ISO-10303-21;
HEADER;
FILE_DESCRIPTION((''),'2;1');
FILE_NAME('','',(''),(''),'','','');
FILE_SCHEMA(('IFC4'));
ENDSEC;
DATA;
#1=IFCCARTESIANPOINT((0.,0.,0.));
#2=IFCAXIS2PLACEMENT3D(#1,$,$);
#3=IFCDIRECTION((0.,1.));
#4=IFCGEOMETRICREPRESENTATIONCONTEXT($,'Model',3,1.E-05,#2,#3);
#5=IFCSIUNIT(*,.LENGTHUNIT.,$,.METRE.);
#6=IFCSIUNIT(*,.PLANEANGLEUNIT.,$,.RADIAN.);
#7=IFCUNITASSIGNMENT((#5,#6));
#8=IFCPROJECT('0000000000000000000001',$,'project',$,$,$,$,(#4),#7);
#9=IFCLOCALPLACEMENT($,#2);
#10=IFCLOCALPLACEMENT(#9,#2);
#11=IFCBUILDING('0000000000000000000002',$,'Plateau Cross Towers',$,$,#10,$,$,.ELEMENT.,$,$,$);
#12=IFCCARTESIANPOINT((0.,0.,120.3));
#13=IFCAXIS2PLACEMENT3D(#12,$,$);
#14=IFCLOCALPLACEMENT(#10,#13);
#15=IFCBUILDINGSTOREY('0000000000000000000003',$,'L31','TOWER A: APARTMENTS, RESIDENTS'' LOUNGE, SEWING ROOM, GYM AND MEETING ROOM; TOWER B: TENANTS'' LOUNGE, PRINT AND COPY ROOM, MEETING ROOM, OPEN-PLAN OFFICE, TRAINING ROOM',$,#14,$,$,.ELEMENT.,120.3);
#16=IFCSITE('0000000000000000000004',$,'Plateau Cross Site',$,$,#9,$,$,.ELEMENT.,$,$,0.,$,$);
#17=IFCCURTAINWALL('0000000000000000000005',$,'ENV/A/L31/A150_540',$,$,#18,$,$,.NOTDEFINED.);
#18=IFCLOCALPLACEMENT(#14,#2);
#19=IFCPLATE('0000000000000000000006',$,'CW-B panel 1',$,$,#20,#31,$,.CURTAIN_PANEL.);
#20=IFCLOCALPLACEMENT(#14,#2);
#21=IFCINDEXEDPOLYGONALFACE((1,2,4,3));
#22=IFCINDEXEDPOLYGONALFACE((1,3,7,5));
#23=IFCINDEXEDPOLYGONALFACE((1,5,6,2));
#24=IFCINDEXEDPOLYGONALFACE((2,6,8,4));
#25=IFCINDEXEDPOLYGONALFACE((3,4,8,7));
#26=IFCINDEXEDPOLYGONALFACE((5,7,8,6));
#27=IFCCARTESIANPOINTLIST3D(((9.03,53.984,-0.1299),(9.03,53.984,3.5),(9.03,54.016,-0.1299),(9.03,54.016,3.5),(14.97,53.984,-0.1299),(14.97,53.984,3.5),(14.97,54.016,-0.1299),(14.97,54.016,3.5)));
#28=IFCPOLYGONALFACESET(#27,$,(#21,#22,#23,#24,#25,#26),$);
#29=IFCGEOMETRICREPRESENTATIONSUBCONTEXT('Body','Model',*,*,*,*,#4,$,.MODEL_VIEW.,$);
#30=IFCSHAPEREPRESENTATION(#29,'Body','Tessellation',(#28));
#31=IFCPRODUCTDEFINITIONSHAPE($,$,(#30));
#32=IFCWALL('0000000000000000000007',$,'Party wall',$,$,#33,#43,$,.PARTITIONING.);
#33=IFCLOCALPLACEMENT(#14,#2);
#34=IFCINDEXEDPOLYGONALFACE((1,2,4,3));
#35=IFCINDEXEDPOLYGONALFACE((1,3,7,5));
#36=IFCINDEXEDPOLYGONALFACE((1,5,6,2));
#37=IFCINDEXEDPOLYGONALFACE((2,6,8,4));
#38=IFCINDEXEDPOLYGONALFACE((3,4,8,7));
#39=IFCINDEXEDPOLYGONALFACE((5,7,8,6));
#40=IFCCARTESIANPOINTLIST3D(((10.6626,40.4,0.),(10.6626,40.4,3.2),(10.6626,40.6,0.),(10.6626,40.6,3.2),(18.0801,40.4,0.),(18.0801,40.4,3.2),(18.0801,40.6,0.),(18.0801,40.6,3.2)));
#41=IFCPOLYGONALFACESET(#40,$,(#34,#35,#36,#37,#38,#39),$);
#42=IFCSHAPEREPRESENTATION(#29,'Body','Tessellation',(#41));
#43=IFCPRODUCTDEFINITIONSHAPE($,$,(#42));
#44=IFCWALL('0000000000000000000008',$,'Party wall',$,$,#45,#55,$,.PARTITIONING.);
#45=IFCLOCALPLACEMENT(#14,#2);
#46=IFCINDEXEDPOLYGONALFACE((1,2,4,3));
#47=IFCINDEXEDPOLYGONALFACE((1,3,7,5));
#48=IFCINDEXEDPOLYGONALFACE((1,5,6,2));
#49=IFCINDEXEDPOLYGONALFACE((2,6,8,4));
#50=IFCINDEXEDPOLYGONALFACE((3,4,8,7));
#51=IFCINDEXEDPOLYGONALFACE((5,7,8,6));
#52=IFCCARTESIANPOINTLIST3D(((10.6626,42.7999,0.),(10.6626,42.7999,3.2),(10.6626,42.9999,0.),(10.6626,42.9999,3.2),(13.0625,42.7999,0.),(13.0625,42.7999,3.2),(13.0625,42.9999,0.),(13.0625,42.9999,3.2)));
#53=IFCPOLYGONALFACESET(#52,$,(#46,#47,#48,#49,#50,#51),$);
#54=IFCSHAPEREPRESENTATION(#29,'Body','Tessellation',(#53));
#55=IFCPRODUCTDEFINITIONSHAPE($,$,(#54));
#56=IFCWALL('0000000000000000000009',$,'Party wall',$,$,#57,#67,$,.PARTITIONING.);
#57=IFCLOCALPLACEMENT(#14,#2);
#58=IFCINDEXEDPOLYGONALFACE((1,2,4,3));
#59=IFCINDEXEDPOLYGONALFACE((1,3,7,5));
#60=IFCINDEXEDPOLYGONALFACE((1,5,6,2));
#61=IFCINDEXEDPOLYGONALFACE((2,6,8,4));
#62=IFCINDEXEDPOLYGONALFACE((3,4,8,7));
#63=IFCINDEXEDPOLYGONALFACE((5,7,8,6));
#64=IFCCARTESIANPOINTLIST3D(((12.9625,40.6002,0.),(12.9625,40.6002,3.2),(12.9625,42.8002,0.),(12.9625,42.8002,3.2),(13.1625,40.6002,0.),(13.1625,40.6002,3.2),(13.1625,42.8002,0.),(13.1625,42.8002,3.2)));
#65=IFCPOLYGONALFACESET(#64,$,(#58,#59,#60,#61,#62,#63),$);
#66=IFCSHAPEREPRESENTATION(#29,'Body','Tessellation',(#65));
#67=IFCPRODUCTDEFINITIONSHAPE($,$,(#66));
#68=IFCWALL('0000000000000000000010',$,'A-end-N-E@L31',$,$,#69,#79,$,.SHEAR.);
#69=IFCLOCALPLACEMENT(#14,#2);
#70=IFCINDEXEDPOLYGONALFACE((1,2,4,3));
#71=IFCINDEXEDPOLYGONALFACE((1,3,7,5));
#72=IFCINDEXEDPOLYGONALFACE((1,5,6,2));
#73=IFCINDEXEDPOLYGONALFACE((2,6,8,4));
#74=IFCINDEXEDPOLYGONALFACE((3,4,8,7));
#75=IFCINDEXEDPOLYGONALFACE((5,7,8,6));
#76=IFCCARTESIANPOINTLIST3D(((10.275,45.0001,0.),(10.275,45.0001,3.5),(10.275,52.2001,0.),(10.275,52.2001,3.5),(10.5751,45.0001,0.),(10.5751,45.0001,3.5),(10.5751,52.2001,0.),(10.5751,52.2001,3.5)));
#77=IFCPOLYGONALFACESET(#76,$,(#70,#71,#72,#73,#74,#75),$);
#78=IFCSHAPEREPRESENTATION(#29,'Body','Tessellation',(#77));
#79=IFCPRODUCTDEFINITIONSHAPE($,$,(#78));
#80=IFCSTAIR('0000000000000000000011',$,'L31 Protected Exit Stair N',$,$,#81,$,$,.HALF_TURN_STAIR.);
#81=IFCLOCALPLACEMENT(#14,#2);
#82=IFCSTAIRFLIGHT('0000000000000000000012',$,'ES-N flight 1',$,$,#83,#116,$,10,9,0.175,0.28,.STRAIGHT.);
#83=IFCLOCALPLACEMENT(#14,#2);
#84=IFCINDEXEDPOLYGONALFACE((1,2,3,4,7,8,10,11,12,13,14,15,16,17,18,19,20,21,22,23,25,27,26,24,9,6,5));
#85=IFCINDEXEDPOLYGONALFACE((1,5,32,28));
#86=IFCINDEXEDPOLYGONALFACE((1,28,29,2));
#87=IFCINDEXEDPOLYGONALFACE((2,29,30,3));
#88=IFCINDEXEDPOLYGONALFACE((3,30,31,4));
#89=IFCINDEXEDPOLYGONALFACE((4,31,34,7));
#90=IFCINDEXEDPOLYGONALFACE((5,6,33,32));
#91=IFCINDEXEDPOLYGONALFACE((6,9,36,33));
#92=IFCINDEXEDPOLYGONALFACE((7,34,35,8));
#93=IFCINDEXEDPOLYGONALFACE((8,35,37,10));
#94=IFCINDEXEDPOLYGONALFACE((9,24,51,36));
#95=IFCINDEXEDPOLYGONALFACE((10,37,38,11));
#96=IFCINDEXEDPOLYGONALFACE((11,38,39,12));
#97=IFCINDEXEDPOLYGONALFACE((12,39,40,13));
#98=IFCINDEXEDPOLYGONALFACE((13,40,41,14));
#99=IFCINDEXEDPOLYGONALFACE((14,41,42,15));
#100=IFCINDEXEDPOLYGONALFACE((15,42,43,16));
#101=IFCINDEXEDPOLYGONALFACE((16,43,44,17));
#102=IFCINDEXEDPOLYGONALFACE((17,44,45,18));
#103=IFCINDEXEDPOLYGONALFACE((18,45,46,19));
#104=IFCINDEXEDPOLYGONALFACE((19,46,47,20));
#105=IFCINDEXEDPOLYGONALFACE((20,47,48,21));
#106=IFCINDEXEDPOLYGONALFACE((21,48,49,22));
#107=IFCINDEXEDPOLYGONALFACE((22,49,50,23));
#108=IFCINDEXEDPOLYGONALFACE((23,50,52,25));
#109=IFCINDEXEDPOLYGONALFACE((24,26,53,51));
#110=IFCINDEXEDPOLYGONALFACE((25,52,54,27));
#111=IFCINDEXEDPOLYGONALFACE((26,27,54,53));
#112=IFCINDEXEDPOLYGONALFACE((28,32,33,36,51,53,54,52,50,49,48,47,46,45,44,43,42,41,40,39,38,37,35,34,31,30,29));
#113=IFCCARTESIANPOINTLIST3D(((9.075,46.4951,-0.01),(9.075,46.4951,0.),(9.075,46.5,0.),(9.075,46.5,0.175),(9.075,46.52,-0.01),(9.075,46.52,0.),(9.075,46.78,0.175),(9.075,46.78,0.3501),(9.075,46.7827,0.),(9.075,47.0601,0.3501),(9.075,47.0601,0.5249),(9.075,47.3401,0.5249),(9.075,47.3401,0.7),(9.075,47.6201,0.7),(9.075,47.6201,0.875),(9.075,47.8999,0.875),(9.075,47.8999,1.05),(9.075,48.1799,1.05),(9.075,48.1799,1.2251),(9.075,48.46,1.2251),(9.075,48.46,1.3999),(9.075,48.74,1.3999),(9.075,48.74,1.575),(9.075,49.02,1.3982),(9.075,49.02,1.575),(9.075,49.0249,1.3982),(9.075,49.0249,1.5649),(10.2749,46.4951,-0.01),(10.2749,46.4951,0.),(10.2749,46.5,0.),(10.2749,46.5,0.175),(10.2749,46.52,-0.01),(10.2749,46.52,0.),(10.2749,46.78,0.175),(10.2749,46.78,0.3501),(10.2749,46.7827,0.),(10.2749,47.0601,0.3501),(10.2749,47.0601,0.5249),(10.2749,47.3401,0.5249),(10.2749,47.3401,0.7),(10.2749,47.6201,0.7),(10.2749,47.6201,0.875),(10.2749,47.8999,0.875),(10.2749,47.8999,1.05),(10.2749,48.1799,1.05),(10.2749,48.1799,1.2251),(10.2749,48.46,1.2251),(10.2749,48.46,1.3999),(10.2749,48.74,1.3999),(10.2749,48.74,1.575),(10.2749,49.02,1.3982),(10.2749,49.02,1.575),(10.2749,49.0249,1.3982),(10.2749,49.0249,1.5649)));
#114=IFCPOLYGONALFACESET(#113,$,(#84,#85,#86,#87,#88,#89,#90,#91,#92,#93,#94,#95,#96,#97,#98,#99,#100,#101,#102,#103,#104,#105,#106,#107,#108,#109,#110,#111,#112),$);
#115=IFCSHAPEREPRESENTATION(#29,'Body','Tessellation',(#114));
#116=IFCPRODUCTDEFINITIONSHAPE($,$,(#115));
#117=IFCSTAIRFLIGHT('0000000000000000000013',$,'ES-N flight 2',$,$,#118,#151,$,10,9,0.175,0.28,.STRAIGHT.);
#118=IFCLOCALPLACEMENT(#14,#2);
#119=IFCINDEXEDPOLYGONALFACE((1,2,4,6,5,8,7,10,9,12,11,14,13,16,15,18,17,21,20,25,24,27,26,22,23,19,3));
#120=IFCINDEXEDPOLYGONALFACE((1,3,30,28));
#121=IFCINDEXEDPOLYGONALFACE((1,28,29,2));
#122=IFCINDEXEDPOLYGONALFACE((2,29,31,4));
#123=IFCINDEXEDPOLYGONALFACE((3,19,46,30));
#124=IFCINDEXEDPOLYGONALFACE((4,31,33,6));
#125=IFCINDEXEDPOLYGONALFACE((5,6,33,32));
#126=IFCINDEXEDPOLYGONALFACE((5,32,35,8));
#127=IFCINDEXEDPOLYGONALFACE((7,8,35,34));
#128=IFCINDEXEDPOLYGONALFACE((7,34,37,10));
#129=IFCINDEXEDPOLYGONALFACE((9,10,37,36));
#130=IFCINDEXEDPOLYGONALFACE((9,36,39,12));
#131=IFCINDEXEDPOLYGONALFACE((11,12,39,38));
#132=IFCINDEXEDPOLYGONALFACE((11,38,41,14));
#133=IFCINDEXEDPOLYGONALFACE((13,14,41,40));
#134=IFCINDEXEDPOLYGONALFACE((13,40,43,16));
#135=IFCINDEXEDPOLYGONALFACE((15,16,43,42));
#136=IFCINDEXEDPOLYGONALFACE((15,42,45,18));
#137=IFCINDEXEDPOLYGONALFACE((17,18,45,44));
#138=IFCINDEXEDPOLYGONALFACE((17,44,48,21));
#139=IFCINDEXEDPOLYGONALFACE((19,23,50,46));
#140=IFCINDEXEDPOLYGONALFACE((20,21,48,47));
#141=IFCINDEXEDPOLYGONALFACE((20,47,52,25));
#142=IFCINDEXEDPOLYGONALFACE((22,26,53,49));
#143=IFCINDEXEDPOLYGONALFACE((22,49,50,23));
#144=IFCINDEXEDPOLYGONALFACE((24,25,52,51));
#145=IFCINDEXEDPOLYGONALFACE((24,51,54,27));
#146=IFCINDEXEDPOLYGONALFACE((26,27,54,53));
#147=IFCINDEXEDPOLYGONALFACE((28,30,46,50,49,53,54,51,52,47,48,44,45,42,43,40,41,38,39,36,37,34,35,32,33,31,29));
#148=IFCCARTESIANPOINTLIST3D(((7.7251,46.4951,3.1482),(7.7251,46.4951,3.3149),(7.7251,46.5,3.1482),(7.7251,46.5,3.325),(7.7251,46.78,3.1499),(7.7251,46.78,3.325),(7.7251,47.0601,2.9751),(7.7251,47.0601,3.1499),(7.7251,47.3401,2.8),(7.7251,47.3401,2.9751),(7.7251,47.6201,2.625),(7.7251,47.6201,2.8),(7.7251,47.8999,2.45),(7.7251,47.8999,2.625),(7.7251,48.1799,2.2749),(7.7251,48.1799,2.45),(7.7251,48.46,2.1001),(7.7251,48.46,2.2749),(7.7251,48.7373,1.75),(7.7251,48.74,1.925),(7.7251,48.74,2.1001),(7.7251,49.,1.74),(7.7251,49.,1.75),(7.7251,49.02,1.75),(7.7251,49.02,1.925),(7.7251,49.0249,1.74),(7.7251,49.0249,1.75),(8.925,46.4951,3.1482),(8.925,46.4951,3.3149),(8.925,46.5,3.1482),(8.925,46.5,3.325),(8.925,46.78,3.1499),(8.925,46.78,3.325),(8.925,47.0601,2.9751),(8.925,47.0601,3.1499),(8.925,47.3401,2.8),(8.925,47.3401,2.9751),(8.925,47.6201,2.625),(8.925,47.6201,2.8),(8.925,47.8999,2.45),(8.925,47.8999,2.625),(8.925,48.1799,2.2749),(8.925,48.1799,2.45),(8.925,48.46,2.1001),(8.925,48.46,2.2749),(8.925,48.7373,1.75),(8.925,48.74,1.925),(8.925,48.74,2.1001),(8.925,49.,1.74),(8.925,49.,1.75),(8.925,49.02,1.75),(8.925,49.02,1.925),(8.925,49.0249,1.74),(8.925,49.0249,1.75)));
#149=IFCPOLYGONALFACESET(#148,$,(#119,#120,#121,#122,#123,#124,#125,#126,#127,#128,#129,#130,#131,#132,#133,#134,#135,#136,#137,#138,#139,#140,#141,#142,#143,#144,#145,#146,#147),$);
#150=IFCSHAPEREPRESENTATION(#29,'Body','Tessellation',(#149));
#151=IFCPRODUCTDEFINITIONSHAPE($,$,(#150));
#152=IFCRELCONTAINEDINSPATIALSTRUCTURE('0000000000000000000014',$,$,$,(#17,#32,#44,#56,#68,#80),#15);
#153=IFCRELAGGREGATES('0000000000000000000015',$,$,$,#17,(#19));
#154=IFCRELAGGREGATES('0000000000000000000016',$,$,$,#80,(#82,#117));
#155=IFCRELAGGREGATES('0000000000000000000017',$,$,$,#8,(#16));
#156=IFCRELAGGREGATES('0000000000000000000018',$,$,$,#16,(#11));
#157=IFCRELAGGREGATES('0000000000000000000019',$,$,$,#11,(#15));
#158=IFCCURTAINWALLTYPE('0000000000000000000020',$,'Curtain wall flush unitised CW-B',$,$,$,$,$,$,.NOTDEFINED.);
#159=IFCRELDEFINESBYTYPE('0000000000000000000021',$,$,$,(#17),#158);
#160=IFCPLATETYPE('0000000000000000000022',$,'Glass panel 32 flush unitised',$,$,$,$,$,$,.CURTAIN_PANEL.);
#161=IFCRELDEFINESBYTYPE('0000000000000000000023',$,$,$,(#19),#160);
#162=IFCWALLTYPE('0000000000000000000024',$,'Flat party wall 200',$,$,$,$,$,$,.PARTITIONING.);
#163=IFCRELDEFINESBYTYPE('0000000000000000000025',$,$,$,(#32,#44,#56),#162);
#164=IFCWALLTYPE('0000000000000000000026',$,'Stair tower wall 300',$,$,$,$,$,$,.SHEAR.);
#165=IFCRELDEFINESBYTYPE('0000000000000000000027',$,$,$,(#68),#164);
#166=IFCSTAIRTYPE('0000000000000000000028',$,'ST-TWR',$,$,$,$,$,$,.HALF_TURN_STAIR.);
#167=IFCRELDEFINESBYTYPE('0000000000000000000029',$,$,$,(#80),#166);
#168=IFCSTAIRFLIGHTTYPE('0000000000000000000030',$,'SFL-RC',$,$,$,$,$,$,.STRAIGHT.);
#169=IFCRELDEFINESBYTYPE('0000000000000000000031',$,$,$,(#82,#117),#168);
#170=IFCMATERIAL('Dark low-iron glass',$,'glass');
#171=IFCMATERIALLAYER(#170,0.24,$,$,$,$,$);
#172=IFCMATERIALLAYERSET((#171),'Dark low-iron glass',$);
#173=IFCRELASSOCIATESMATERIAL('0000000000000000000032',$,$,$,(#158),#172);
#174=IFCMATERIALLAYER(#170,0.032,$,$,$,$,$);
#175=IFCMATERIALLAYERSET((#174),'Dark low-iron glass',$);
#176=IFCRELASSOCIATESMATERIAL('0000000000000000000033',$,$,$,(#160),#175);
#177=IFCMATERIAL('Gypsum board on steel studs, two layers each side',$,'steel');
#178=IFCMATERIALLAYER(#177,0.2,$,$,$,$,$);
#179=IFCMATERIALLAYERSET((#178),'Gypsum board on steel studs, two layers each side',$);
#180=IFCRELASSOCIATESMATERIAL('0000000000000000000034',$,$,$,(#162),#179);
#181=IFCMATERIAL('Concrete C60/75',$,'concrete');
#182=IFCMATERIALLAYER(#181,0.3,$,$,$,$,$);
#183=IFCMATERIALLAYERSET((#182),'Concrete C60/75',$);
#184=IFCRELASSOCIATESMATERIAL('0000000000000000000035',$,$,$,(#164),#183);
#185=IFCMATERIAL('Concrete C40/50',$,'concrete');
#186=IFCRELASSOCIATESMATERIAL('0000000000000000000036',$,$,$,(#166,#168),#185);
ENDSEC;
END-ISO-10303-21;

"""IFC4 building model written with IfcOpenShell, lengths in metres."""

from ifc_helpers import new_model, si_unit, direction, frame, frame_2d, origin, origin_2d, place, context, subcontext, project, spatial, polyline, rectangle, outline, extrude, material, layer, layer_set, type_object, element, aggregate, save


model = new_model("IFC4")

# Units and contexts
model_context = context("Model", 3, precision=1e-05, world=origin(), true_north=direction((0.0, 1.0)))
body_context = subcontext(model_context, "Body", "Model", "MODEL_VIEW")
ifc_project = project(units=[si_unit("LENGTHUNIT", "METRE"), si_unit("PLANEANGLEUNIT", "RADIAN")], contexts=[model_context])

# Site, building, storey
site_placement = place(None, origin())
site = spatial("IfcSite", under=ifc_project, at=site_placement, Name="Plateau Cross Site", CompositionType="ELEMENT", RefElevation=0.0)
building_placement = place(site_placement, origin())
building = spatial("IfcBuilding", under=site, at=building_placement, Name="Plateau Cross Towers", CompositionType="ELEMENT")
storey_placement = place(building_placement, frame((0.0, 0.0, 120.3)))
storey = spatial("IfcBuildingStorey", under=building, at=storey_placement, Name="L31", Description="TOWER A: APARTMENTS, RESIDENTS' LOUNGE, SEWING ROOM, GYM AND MEETING ROOM; TOWER B: TENANTS' LOUNGE, PRINT AND COPY ROOM, MEETING ROOM, OPEN-PLAN OFFICE, TRAINING ROOM", CompositionType="ELEMENT", Elevation=120.3)

# Shared definitions
ifc_material_1 = material(Name="Concrete C60/75", Category="concrete")

# Shared definitions
ifc_material_2 = material(Name="Dark low-iron glass", Category="glass")
ifc_layer_1 = layer(ifc_material_2, 0.24)
ifc_layer_set_1 = layer_set([ifc_layer_1], Name="Dark low-iron glass")
curtain_wall_type = type_object("IfcCurtainWallType", Name="Curtain wall flush unitised CW-B", PredefinedType="NOTDEFINED", material=ifc_layer_set_1)

# Curtain wall
curtain_wall_1_placement = place(storey_placement, origin())
curtain_wall_1 = element("IfcCurtainWall", 1, at=curtain_wall_1_placement, inside=storey, type_object=curtain_wall_type, Name="ENV/A/L31/A150_540", PredefinedType="NOTDEFINED")

# Plate
ifc_layer_2 = layer(ifc_material_2, 0.032)
ifc_layer_set_2 = layer_set([ifc_layer_2], Name="Dark low-iron glass")
plate_type = type_object("IfcPlateType", Name="Glass panel 32 flush unitised", PredefinedType="CURTAIN_PANEL", material=ifc_layer_set_2)
plate_1_placement = place(storey_placement, frame((12.0, 54.0, -0.1299), z_axis=(0.0, 0.0, 1.0), x_axis=(-1.0, 0.0, 0.0)))
plate_1 = element("IfcPlate", 2, at=plate_1_placement, type_object=plate_type, Name="CW-B panel 1", PredefinedType="CURTAIN_PANEL", context=body_context, shape_type="SweptSolid", body=[
    extrude(rectangle(XDim=5.9399, YDim=0.032, at=origin_2d()), origin(), (0.0, 0.0, 1.0), 3.6299),
])
aggregate(curtain_wall_1, [plate_1])

# Walls
ifc_material_3 = material(Name="Gypsum board on steel studs, two layers each side", Category="steel")
ifc_layer_3 = layer(ifc_material_3, 0.2)
ifc_layer_set_3 = layer_set([ifc_layer_3], Name="Gypsum board on steel studs, two layers each side")
wall_type_1 = type_object("IfcWallType", Name="Flat party wall 200", PredefinedType="PARTITIONING", material=ifc_layer_set_3)
wall_1_placement = place(storey_placement, frame((18.0801, 40.5, 0.0), z_axis=(0.0, 0.0, 1.0), x_axis=(-1.0, 0.0, 0.0)))
element("IfcWall", 3, at=wall_1_placement, inside=storey, type_object=wall_type_1, Name="Party wall", PredefinedType="PARTITIONING", context=body_context, shape_type="SweptSolid", body=[
    extrude(rectangle(XDim=7.4175, YDim=0.2, at=frame_2d((3.7087, 0.0))), origin(), (0.0, 0.0, 1.0), 3.2),
])
wall_2_placement = place(storey_placement, frame((13.0625, 42.8999, 0.0), z_axis=(0.0, 0.0, 1.0), x_axis=(-1.0, 0.0, 0.0)))
element("IfcWall", 4, at=wall_2_placement, inside=storey, type_object=wall_type_1, Name="Party wall", PredefinedType="PARTITIONING", context=body_context, shape_type="SweptSolid", body=[
    extrude(rectangle(XDim=2.3999, YDim=0.2, at=frame_2d((1.2, 0.0))), origin(), (0.0, 0.0, 1.0), 3.2),
])
wall_3_placement = place(storey_placement, frame((13.0625, 40.6001, 0.0), z_axis=(0.0, 0.0, 1.0), x_axis=(0.0, 1.0, 0.0)))
element("IfcWall", 5, at=wall_3_placement, inside=storey, type_object=wall_type_1, Name="Party wall", PredefinedType="PARTITIONING", context=body_context, shape_type="SweptSolid", body=[
    extrude(rectangle(XDim=2.2, YDim=0.2, at=frame_2d((1.1001, 0.0))), origin(), (0.0, 0.0, 1.0), 3.2),
])
ifc_layer_4 = layer(ifc_material_1, 0.3)
ifc_layer_set_4 = layer_set([ifc_layer_4], Name="Concrete C60/75")
wall_type_2 = type_object("IfcWallType", Name="Stair tower wall 300", PredefinedType="SHEAR", material=ifc_layer_set_4)
wall_4_placement = place(storey_placement, frame((10.425, 45.0, 0.0), z_axis=(0.0, 0.0, 1.0), x_axis=(0.0, 1.0, 0.0)))
element("IfcWall", 6, at=wall_4_placement, inside=storey, type_object=wall_type_2, Name="A-end-N-E@L31", PredefinedType="SHEAR", context=body_context, shape_type="SweptSolid", body=[
    extrude(rectangle(XDim=7.2, YDim=0.3, at=frame_2d((3.6001, 0.0))), origin(), (0.0, 0.0, 1.0), 3.5),
])

# Stair, stair flights
ifc_material_4 = material(Name="Concrete C40/50", Category="concrete")
stair_type = type_object("IfcStairType", Name="ST-TWR", PredefinedType="HALF_TURN_STAIR", material=ifc_material_4)
stair_placement = place(storey_placement, origin())
stair = element("IfcStair", 7, at=stair_placement, inside=storey, type_object=stair_type, Name="L31 Protected Exit Stair N", PredefinedType="HALF_TURN_STAIR")
stair_flight_type = type_object("IfcStairFlightType", Name="SFL-RC", PredefinedType="STRAIGHT", material=ifc_material_4)
stair_flight_1_placement = place(storey_placement, frame((9.675, 46.5, 0.0), z_axis=(0.0, 0.0, 1.0), x_axis=(0.0, 1.0, 0.0)))
stair_flight_1 = element("IfcStairFlight", 8, at=stair_flight_1_placement, type_object=stair_flight_type, Name="ES-N flight 1", NumberOfRisers=10, NumberOfTreads=9, PredefinedType="STRAIGHT", RiserHeight=0.175, TreadLength=0.28, context=body_context, shape_type="SweptSolid", body=[
    extrude(outline(polyline([(-0.0049, -0.01), (-0.0049, 0.0), (0.0, 0.0), (0.0, 0.175), (0.28, 0.175), (0.28, 0.3501), (0.5601, 0.3501), (0.5601, 0.5249), (0.8401, 0.5249), (0.8401, 0.7), (1.1201, 0.7), (1.1201, 0.875), (1.3999, 0.875), (1.3999, 1.05), (1.6799, 1.05), (1.6799, 1.2251), (1.96, 1.2251), (1.96, 1.3999), (2.24, 1.3999), (2.24, 1.575), (2.52, 1.575), (2.5249, 1.5649), (2.5249, 1.3982), (2.52, 1.3982), (0.2827, 0.0), (0.02, 0.0), (0.02, -0.01), (-0.0049, -0.01)])), frame((0.0, 0.6001, 0.0), z_axis=(0.0, -1.0, 0.0), x_axis=(1.0, 0.0, 0.0)), (0.0, 0.0, 1.0), 1.2),
])
stair_flight_2_placement = place(storey_placement, frame((8.325, 49.02, 1.75), z_axis=(0.0, 0.0, 1.0), x_axis=(0.0, -1.0, 0.0)))
stair_flight_2 = element("IfcStairFlight", 9, at=stair_flight_2_placement, type_object=stair_flight_type, Name="ES-N flight 2", NumberOfRisers=10, NumberOfTreads=9, PredefinedType="STRAIGHT", RiserHeight=0.175, TreadLength=0.28, context=body_context, shape_type="SweptSolid", body=[
    extrude(outline(polyline([(-0.0049, -0.01), (-0.0049, 0.0), (0.0, 0.0), (0.0, 0.175), (0.28, 0.175), (0.28, 0.3501), (0.5601, 0.3501), (0.5601, 0.5249), (0.8401, 0.5249), (0.8401, 0.7), (1.1201, 0.7), (1.1201, 0.875), (1.3999, 0.875), (1.3999, 1.05), (1.6799, 1.05), (1.6799, 1.2251), (1.96, 1.2251), (1.96, 1.3999), (2.24, 1.3999), (2.24, 1.575), (2.52, 1.575), (2.5249, 1.5649), (2.5249, 1.3982), (2.52, 1.3982), (0.2827, 0.0), (0.02, 0.0), (0.02, -0.01), (-0.0049, -0.01)])), frame((0.0, 0.6001, 0.0), z_axis=(0.0, -1.0, 0.0), x_axis=(1.0, 0.0, 0.0)), (0.0, 0.0, 1.0), 1.2),
])
aggregate(stair, [stair_flight_1, stair_flight_2])

save(model, "model.ifc")
